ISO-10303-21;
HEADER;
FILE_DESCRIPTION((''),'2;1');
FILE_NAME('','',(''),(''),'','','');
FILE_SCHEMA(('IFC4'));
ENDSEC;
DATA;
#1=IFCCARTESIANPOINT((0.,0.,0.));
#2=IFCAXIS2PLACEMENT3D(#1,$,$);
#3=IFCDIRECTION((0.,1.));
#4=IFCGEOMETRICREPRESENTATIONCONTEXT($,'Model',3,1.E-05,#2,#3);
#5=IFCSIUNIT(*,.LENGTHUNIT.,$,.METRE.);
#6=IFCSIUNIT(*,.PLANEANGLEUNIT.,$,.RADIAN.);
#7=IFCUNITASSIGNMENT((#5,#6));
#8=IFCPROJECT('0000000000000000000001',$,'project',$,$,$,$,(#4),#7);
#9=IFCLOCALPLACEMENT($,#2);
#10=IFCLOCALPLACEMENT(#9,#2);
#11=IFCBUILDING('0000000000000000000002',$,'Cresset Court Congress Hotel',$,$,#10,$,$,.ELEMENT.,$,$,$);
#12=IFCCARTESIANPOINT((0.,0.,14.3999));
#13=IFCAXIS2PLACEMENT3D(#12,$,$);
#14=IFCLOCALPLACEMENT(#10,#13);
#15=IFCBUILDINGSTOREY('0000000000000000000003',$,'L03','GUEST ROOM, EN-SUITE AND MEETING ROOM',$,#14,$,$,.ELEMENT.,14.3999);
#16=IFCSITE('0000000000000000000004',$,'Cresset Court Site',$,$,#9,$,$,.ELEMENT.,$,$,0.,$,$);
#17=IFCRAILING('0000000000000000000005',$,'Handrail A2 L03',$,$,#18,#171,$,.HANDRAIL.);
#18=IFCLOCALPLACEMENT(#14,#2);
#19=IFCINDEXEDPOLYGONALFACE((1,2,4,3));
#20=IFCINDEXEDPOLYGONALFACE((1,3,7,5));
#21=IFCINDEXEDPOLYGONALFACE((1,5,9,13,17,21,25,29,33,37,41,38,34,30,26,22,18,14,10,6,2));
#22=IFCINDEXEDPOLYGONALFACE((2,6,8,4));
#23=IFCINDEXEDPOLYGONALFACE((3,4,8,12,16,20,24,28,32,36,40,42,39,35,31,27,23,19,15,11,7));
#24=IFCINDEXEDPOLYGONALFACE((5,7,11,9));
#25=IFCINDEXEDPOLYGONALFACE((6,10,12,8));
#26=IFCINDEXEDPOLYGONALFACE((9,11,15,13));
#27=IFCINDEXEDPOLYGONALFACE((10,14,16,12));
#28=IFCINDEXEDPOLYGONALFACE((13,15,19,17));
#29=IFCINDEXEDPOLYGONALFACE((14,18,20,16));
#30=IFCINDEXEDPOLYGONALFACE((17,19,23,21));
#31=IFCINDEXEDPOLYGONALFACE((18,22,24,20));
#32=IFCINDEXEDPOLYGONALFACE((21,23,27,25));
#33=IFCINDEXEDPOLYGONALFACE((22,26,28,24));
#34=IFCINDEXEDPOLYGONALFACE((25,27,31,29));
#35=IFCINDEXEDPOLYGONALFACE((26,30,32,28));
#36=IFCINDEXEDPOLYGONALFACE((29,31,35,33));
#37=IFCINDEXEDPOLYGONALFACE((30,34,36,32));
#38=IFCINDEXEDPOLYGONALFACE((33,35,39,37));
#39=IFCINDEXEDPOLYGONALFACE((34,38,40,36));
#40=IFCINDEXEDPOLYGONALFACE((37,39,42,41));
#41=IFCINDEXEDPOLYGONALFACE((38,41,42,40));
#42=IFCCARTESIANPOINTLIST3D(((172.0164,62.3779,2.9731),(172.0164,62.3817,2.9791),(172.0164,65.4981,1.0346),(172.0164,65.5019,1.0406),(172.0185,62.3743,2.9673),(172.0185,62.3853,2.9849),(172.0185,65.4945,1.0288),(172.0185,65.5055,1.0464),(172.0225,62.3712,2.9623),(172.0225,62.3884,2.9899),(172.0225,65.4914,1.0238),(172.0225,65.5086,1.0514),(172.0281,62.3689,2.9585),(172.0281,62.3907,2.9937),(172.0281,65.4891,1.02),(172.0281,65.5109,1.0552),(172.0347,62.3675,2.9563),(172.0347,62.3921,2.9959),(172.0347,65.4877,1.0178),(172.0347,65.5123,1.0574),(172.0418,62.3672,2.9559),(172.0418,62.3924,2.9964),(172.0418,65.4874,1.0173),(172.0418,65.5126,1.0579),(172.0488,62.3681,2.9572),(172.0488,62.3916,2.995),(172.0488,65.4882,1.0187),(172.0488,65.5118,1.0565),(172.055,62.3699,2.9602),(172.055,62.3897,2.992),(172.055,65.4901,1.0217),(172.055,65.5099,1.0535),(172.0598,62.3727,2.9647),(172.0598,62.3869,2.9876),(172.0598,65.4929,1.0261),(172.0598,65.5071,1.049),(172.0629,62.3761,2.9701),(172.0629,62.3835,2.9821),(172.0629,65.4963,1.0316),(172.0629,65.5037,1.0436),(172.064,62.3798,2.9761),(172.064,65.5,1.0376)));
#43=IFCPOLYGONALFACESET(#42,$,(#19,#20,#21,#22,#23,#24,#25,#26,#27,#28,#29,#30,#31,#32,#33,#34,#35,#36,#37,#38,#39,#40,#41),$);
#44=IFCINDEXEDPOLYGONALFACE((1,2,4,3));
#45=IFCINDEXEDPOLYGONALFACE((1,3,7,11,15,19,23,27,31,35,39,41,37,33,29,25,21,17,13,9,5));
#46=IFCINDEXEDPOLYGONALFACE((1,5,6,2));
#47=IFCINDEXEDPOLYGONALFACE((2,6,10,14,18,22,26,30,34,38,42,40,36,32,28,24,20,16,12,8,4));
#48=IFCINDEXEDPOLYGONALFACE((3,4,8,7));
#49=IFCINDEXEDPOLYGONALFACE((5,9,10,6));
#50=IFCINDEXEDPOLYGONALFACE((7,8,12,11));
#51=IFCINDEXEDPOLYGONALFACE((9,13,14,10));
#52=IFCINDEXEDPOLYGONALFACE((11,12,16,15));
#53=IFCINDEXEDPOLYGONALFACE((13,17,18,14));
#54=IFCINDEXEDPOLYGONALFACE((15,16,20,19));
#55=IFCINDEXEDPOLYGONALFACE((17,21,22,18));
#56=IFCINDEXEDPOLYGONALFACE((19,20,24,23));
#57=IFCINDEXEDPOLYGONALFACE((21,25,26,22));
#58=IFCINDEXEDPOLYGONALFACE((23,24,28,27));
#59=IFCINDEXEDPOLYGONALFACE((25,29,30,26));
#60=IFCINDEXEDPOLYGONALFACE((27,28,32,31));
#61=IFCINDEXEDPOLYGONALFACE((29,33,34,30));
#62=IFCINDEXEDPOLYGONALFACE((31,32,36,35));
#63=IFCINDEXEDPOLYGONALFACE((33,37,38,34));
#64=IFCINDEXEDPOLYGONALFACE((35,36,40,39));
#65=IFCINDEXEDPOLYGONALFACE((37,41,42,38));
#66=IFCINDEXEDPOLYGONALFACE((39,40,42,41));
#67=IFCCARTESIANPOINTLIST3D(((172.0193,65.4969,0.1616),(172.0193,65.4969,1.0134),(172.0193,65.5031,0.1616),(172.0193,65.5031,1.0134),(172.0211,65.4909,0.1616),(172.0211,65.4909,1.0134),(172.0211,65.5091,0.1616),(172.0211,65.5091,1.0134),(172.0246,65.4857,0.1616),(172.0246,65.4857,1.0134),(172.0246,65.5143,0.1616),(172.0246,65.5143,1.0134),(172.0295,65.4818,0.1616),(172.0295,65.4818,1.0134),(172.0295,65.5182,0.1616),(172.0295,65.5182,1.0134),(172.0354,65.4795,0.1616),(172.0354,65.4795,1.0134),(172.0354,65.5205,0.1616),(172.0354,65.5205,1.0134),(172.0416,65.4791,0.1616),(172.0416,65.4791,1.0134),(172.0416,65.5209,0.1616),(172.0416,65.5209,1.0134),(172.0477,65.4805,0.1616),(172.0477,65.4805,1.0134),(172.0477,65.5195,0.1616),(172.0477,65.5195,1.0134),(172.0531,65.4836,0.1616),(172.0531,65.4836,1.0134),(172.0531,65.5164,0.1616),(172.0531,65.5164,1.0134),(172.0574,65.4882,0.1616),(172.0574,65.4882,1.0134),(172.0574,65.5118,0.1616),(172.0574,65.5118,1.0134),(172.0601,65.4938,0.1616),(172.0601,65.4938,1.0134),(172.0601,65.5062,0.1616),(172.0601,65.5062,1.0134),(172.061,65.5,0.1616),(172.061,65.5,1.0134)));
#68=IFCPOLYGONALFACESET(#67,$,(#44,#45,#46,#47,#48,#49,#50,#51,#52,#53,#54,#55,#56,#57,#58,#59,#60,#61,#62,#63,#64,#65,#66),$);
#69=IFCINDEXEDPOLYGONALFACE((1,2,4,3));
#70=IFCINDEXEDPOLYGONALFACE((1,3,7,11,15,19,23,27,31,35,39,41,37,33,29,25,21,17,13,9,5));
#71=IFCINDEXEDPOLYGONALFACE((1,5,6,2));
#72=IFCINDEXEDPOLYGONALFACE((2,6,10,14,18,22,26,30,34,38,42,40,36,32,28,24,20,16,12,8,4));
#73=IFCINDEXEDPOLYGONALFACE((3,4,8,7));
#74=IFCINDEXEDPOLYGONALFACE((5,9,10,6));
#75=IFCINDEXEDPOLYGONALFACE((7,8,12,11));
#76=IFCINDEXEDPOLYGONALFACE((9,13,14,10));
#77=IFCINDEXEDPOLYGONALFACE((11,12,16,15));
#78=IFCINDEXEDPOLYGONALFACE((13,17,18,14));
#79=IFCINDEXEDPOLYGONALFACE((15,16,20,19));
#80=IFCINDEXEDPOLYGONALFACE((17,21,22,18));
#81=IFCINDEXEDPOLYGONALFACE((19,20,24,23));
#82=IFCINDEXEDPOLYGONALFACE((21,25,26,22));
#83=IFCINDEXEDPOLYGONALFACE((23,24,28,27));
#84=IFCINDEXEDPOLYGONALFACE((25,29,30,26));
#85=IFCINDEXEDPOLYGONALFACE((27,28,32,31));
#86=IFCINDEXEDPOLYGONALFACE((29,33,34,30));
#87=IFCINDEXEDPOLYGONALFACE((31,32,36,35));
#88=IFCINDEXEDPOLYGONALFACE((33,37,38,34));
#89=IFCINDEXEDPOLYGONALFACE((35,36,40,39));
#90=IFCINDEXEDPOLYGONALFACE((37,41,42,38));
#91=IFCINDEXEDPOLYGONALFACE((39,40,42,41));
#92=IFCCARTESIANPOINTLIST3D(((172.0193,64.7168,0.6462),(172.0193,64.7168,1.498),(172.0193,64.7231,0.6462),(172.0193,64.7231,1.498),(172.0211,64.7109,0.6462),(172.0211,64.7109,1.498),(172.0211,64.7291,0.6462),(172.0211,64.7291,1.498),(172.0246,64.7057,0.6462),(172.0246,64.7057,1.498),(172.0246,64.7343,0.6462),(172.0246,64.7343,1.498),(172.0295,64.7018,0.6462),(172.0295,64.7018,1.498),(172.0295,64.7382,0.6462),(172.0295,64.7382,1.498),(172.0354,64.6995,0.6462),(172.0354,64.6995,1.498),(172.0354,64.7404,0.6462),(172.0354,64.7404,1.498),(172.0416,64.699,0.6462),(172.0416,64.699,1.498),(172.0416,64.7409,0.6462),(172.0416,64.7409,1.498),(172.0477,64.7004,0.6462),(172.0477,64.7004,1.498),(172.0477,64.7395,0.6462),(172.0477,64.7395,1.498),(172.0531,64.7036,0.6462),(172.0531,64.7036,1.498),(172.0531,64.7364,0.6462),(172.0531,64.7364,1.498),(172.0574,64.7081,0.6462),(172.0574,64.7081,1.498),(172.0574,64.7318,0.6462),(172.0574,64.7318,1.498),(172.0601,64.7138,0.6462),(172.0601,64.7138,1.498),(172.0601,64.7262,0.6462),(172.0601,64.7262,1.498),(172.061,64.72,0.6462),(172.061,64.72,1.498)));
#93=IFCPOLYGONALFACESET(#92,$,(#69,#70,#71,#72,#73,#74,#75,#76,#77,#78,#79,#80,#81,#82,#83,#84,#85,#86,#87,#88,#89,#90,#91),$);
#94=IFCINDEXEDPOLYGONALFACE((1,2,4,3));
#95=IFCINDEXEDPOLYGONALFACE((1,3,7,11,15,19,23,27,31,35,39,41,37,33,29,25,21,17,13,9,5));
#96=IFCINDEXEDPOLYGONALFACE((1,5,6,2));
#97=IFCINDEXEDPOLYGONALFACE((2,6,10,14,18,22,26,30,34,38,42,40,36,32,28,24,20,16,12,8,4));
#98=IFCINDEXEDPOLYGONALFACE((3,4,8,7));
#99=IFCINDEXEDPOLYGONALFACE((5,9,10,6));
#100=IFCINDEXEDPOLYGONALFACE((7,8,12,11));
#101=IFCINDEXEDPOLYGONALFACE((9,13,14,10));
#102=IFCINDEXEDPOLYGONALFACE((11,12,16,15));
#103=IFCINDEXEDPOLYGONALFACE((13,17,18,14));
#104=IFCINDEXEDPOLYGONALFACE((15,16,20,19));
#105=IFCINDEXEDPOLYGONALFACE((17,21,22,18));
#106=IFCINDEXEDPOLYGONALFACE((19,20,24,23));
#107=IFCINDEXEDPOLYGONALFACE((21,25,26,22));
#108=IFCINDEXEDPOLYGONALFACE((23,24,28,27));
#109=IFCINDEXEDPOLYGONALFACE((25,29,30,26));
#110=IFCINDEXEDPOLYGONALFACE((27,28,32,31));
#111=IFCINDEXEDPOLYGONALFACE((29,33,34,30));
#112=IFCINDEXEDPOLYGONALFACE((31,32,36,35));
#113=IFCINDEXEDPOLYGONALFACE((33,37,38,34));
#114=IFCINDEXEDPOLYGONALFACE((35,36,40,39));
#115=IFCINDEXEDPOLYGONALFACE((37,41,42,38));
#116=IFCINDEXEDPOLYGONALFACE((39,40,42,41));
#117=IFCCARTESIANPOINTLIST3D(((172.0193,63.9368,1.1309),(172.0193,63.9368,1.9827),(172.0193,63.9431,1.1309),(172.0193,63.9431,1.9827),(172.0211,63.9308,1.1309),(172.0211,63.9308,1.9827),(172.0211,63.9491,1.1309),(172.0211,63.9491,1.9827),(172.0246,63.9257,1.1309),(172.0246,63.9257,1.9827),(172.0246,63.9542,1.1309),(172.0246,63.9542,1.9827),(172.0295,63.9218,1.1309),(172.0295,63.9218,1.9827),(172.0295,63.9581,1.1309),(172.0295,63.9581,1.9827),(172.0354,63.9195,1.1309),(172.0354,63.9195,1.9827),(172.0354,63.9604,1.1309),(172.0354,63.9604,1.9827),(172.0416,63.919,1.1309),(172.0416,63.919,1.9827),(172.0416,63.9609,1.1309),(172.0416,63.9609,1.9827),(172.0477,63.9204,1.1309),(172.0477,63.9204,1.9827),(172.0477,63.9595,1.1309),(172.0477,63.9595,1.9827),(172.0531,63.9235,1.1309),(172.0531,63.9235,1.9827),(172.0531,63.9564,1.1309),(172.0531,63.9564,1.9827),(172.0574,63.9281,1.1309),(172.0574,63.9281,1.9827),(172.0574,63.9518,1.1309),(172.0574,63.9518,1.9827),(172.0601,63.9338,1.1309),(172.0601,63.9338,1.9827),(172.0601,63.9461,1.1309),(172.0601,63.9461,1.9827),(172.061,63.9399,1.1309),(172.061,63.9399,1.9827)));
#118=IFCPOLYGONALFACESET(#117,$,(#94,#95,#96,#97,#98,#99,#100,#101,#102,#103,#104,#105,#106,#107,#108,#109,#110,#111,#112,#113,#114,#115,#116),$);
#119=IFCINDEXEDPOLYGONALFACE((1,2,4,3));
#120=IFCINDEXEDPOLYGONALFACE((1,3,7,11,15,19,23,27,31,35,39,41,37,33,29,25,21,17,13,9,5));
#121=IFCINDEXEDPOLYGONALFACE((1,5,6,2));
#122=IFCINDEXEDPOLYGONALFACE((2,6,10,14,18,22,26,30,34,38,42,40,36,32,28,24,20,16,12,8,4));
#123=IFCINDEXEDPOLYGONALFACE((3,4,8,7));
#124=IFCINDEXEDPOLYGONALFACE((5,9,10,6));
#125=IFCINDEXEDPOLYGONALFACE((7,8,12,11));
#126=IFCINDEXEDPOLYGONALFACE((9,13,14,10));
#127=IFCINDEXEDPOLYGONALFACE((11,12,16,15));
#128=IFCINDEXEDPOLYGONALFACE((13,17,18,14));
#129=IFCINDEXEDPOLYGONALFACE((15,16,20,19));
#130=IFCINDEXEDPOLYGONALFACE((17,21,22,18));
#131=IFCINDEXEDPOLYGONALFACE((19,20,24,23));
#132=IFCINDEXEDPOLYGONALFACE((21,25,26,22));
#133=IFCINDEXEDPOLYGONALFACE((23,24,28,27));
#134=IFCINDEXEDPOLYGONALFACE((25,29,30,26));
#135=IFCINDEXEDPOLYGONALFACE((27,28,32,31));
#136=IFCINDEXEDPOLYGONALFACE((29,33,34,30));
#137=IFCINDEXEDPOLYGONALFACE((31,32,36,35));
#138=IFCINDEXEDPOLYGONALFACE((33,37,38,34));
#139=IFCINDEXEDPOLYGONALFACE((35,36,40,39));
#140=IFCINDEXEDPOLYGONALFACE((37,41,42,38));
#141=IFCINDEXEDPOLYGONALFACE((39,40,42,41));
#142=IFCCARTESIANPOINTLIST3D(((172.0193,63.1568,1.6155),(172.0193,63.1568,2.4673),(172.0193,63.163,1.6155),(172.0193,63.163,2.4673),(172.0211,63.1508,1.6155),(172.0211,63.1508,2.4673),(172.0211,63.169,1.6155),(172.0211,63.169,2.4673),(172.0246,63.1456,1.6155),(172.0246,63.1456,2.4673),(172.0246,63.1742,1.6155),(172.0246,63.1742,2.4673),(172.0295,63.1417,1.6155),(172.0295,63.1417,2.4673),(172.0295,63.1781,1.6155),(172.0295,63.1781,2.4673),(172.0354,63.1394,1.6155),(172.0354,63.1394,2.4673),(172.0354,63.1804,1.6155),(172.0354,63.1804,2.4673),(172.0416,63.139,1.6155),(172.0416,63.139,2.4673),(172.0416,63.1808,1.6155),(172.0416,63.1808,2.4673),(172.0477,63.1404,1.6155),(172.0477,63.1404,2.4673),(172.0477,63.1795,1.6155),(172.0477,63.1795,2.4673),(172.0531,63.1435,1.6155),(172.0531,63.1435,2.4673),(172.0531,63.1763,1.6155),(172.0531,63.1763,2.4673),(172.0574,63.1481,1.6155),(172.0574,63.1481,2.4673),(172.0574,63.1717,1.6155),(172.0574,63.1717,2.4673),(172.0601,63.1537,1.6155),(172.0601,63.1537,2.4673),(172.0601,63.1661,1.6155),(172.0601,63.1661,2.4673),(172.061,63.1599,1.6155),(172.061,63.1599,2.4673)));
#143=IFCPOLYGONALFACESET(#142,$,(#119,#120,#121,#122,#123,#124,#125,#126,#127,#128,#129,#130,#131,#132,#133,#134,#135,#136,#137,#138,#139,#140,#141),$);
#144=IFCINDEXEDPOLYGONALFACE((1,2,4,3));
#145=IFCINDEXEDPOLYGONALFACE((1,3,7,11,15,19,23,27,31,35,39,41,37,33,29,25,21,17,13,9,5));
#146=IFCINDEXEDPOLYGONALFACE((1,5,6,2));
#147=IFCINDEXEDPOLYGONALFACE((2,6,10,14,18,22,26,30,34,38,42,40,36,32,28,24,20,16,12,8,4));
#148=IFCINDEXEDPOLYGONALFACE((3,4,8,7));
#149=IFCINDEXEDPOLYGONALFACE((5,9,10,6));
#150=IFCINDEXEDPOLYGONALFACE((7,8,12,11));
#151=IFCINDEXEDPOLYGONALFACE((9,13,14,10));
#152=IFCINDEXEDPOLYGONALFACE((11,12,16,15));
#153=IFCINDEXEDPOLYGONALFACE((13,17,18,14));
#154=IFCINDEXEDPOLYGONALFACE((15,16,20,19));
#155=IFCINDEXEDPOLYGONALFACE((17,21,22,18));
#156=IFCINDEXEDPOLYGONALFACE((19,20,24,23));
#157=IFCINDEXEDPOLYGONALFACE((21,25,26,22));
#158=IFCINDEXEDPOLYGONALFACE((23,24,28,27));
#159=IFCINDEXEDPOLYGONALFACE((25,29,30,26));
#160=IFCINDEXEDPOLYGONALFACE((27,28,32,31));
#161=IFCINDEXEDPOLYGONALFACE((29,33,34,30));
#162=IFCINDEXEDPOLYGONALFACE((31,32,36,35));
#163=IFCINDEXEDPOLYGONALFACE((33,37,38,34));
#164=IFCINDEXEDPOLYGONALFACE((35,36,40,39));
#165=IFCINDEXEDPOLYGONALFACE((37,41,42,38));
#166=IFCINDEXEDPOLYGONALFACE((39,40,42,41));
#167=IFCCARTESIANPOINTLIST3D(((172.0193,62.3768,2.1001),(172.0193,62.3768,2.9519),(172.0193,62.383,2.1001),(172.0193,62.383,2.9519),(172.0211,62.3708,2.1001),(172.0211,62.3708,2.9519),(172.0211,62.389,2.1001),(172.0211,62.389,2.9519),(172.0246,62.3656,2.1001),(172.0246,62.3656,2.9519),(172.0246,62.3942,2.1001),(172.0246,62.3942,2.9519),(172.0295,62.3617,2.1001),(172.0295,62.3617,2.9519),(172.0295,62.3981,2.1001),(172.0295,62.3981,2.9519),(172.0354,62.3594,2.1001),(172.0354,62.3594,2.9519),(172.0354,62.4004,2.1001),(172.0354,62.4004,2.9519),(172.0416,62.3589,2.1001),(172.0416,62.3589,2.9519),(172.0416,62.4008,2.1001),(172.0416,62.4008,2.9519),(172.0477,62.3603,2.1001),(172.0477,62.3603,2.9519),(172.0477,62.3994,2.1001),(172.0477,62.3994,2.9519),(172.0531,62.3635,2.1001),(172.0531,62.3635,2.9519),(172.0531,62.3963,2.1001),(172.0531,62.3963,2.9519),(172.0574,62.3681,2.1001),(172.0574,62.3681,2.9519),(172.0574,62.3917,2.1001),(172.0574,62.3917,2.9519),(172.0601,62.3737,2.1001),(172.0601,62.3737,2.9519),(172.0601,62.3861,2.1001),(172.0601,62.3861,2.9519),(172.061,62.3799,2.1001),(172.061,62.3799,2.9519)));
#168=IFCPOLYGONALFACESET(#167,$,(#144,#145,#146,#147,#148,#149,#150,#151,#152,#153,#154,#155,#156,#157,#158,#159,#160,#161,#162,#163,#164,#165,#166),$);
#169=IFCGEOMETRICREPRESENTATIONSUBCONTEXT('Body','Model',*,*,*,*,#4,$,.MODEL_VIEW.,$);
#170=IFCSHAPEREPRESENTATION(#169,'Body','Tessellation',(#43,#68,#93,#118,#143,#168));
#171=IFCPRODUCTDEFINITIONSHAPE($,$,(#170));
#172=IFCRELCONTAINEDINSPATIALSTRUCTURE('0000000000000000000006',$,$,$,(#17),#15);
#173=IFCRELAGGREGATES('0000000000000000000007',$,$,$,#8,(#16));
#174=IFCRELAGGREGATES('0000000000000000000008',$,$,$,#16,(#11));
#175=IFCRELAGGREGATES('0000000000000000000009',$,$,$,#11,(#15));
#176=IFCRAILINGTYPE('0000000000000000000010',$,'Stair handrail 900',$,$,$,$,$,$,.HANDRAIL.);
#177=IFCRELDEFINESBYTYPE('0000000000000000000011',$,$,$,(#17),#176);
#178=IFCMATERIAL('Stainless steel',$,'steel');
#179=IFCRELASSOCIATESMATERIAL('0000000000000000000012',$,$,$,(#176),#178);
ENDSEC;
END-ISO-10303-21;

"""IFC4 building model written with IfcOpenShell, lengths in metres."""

from ifc_helpers import new_model, si_unit, direction, frame, origin, origin_2d, place, context, subcontext, project, spatial, circle, extrude, material, type_object, element, save


model = new_model("IFC4")

# Units and contexts
model_context = context("Model", 3, precision=1e-05, world=origin(), true_north=direction((0.0, 1.0)))
body_context = subcontext(model_context, "Body", "Model", "MODEL_VIEW")
ifc_project = project(units=[si_unit("LENGTHUNIT", "METRE"), si_unit("PLANEANGLEUNIT", "RADIAN")], contexts=[model_context])

# Site, building, storey
site_placement = place(None, origin())
site = spatial("IfcSite", under=ifc_project, at=site_placement, Name="Cresset Court Site", CompositionType="ELEMENT", RefElevation=0.0)
building_placement = place(site_placement, origin())
building = spatial("IfcBuilding", under=site, at=building_placement, Name="Cresset Court Congress Hotel", CompositionType="ELEMENT")
storey_placement = place(building_placement, frame((0.0, 0.0, 14.3999)))
storey = spatial("IfcBuildingStorey", under=building, at=storey_placement, Name="L03", Description="GUEST ROOM, EN-SUITE AND MEETING ROOM", CompositionType="ELEMENT", Elevation=14.3999)

# Railing
ifc_material_1 = material(Name="Stainless steel", Category="steel")
railing_type_1 = type_object("IfcRailingType", Name="Stair handrail 900", PredefinedType="HANDRAIL", material=ifc_material_1)
for number, where, name in (
    (1, (172.04, 65.5, 0.1616), "Handrail A2 L03"),
):
    element("IfcRailing", number, at=place(storey_placement, frame(where)), inside=storey, type_object=railing_type_1, Name=name, PredefinedType="HANDRAIL", context=body_context, shape_type="SweptSolid", body=[
        extrude(circle(Radius=0.0239, at=origin_2d()), frame((0.0, 0.0, 0.876), z_axis=(0.0, -0.849414, 0.527727), x_axis=(1.0, 0.0, 0.0)), (0.0, 0.0, 1.0), 3.6733),
        extrude(circle(Radius=0.021, at=origin_2d()), origin(), (0.0, 0.0, 1.0), 0.8518),
        extrude(circle(Radius=0.021, at=origin_2d()), frame((0.0, -0.78, 0.4846)), (0.0, 0.0, 1.0), 0.8518),
        extrude(circle(Radius=0.021, at=origin_2d()), frame((0.0, -1.5601, 0.9692)), (0.0, 0.0, 1.0), 0.8518),
        extrude(circle(Radius=0.021, at=origin_2d()), frame((0.0, -2.3401, 1.4539)), (0.0, 0.0, 1.0), 0.8518),
        extrude(circle(Radius=0.021, at=origin_2d()), frame((0.0, -3.1201, 1.9385)), (0.0, 0.0, 1.0), 0.8518),
    ])

save(model, "model.ifc")
